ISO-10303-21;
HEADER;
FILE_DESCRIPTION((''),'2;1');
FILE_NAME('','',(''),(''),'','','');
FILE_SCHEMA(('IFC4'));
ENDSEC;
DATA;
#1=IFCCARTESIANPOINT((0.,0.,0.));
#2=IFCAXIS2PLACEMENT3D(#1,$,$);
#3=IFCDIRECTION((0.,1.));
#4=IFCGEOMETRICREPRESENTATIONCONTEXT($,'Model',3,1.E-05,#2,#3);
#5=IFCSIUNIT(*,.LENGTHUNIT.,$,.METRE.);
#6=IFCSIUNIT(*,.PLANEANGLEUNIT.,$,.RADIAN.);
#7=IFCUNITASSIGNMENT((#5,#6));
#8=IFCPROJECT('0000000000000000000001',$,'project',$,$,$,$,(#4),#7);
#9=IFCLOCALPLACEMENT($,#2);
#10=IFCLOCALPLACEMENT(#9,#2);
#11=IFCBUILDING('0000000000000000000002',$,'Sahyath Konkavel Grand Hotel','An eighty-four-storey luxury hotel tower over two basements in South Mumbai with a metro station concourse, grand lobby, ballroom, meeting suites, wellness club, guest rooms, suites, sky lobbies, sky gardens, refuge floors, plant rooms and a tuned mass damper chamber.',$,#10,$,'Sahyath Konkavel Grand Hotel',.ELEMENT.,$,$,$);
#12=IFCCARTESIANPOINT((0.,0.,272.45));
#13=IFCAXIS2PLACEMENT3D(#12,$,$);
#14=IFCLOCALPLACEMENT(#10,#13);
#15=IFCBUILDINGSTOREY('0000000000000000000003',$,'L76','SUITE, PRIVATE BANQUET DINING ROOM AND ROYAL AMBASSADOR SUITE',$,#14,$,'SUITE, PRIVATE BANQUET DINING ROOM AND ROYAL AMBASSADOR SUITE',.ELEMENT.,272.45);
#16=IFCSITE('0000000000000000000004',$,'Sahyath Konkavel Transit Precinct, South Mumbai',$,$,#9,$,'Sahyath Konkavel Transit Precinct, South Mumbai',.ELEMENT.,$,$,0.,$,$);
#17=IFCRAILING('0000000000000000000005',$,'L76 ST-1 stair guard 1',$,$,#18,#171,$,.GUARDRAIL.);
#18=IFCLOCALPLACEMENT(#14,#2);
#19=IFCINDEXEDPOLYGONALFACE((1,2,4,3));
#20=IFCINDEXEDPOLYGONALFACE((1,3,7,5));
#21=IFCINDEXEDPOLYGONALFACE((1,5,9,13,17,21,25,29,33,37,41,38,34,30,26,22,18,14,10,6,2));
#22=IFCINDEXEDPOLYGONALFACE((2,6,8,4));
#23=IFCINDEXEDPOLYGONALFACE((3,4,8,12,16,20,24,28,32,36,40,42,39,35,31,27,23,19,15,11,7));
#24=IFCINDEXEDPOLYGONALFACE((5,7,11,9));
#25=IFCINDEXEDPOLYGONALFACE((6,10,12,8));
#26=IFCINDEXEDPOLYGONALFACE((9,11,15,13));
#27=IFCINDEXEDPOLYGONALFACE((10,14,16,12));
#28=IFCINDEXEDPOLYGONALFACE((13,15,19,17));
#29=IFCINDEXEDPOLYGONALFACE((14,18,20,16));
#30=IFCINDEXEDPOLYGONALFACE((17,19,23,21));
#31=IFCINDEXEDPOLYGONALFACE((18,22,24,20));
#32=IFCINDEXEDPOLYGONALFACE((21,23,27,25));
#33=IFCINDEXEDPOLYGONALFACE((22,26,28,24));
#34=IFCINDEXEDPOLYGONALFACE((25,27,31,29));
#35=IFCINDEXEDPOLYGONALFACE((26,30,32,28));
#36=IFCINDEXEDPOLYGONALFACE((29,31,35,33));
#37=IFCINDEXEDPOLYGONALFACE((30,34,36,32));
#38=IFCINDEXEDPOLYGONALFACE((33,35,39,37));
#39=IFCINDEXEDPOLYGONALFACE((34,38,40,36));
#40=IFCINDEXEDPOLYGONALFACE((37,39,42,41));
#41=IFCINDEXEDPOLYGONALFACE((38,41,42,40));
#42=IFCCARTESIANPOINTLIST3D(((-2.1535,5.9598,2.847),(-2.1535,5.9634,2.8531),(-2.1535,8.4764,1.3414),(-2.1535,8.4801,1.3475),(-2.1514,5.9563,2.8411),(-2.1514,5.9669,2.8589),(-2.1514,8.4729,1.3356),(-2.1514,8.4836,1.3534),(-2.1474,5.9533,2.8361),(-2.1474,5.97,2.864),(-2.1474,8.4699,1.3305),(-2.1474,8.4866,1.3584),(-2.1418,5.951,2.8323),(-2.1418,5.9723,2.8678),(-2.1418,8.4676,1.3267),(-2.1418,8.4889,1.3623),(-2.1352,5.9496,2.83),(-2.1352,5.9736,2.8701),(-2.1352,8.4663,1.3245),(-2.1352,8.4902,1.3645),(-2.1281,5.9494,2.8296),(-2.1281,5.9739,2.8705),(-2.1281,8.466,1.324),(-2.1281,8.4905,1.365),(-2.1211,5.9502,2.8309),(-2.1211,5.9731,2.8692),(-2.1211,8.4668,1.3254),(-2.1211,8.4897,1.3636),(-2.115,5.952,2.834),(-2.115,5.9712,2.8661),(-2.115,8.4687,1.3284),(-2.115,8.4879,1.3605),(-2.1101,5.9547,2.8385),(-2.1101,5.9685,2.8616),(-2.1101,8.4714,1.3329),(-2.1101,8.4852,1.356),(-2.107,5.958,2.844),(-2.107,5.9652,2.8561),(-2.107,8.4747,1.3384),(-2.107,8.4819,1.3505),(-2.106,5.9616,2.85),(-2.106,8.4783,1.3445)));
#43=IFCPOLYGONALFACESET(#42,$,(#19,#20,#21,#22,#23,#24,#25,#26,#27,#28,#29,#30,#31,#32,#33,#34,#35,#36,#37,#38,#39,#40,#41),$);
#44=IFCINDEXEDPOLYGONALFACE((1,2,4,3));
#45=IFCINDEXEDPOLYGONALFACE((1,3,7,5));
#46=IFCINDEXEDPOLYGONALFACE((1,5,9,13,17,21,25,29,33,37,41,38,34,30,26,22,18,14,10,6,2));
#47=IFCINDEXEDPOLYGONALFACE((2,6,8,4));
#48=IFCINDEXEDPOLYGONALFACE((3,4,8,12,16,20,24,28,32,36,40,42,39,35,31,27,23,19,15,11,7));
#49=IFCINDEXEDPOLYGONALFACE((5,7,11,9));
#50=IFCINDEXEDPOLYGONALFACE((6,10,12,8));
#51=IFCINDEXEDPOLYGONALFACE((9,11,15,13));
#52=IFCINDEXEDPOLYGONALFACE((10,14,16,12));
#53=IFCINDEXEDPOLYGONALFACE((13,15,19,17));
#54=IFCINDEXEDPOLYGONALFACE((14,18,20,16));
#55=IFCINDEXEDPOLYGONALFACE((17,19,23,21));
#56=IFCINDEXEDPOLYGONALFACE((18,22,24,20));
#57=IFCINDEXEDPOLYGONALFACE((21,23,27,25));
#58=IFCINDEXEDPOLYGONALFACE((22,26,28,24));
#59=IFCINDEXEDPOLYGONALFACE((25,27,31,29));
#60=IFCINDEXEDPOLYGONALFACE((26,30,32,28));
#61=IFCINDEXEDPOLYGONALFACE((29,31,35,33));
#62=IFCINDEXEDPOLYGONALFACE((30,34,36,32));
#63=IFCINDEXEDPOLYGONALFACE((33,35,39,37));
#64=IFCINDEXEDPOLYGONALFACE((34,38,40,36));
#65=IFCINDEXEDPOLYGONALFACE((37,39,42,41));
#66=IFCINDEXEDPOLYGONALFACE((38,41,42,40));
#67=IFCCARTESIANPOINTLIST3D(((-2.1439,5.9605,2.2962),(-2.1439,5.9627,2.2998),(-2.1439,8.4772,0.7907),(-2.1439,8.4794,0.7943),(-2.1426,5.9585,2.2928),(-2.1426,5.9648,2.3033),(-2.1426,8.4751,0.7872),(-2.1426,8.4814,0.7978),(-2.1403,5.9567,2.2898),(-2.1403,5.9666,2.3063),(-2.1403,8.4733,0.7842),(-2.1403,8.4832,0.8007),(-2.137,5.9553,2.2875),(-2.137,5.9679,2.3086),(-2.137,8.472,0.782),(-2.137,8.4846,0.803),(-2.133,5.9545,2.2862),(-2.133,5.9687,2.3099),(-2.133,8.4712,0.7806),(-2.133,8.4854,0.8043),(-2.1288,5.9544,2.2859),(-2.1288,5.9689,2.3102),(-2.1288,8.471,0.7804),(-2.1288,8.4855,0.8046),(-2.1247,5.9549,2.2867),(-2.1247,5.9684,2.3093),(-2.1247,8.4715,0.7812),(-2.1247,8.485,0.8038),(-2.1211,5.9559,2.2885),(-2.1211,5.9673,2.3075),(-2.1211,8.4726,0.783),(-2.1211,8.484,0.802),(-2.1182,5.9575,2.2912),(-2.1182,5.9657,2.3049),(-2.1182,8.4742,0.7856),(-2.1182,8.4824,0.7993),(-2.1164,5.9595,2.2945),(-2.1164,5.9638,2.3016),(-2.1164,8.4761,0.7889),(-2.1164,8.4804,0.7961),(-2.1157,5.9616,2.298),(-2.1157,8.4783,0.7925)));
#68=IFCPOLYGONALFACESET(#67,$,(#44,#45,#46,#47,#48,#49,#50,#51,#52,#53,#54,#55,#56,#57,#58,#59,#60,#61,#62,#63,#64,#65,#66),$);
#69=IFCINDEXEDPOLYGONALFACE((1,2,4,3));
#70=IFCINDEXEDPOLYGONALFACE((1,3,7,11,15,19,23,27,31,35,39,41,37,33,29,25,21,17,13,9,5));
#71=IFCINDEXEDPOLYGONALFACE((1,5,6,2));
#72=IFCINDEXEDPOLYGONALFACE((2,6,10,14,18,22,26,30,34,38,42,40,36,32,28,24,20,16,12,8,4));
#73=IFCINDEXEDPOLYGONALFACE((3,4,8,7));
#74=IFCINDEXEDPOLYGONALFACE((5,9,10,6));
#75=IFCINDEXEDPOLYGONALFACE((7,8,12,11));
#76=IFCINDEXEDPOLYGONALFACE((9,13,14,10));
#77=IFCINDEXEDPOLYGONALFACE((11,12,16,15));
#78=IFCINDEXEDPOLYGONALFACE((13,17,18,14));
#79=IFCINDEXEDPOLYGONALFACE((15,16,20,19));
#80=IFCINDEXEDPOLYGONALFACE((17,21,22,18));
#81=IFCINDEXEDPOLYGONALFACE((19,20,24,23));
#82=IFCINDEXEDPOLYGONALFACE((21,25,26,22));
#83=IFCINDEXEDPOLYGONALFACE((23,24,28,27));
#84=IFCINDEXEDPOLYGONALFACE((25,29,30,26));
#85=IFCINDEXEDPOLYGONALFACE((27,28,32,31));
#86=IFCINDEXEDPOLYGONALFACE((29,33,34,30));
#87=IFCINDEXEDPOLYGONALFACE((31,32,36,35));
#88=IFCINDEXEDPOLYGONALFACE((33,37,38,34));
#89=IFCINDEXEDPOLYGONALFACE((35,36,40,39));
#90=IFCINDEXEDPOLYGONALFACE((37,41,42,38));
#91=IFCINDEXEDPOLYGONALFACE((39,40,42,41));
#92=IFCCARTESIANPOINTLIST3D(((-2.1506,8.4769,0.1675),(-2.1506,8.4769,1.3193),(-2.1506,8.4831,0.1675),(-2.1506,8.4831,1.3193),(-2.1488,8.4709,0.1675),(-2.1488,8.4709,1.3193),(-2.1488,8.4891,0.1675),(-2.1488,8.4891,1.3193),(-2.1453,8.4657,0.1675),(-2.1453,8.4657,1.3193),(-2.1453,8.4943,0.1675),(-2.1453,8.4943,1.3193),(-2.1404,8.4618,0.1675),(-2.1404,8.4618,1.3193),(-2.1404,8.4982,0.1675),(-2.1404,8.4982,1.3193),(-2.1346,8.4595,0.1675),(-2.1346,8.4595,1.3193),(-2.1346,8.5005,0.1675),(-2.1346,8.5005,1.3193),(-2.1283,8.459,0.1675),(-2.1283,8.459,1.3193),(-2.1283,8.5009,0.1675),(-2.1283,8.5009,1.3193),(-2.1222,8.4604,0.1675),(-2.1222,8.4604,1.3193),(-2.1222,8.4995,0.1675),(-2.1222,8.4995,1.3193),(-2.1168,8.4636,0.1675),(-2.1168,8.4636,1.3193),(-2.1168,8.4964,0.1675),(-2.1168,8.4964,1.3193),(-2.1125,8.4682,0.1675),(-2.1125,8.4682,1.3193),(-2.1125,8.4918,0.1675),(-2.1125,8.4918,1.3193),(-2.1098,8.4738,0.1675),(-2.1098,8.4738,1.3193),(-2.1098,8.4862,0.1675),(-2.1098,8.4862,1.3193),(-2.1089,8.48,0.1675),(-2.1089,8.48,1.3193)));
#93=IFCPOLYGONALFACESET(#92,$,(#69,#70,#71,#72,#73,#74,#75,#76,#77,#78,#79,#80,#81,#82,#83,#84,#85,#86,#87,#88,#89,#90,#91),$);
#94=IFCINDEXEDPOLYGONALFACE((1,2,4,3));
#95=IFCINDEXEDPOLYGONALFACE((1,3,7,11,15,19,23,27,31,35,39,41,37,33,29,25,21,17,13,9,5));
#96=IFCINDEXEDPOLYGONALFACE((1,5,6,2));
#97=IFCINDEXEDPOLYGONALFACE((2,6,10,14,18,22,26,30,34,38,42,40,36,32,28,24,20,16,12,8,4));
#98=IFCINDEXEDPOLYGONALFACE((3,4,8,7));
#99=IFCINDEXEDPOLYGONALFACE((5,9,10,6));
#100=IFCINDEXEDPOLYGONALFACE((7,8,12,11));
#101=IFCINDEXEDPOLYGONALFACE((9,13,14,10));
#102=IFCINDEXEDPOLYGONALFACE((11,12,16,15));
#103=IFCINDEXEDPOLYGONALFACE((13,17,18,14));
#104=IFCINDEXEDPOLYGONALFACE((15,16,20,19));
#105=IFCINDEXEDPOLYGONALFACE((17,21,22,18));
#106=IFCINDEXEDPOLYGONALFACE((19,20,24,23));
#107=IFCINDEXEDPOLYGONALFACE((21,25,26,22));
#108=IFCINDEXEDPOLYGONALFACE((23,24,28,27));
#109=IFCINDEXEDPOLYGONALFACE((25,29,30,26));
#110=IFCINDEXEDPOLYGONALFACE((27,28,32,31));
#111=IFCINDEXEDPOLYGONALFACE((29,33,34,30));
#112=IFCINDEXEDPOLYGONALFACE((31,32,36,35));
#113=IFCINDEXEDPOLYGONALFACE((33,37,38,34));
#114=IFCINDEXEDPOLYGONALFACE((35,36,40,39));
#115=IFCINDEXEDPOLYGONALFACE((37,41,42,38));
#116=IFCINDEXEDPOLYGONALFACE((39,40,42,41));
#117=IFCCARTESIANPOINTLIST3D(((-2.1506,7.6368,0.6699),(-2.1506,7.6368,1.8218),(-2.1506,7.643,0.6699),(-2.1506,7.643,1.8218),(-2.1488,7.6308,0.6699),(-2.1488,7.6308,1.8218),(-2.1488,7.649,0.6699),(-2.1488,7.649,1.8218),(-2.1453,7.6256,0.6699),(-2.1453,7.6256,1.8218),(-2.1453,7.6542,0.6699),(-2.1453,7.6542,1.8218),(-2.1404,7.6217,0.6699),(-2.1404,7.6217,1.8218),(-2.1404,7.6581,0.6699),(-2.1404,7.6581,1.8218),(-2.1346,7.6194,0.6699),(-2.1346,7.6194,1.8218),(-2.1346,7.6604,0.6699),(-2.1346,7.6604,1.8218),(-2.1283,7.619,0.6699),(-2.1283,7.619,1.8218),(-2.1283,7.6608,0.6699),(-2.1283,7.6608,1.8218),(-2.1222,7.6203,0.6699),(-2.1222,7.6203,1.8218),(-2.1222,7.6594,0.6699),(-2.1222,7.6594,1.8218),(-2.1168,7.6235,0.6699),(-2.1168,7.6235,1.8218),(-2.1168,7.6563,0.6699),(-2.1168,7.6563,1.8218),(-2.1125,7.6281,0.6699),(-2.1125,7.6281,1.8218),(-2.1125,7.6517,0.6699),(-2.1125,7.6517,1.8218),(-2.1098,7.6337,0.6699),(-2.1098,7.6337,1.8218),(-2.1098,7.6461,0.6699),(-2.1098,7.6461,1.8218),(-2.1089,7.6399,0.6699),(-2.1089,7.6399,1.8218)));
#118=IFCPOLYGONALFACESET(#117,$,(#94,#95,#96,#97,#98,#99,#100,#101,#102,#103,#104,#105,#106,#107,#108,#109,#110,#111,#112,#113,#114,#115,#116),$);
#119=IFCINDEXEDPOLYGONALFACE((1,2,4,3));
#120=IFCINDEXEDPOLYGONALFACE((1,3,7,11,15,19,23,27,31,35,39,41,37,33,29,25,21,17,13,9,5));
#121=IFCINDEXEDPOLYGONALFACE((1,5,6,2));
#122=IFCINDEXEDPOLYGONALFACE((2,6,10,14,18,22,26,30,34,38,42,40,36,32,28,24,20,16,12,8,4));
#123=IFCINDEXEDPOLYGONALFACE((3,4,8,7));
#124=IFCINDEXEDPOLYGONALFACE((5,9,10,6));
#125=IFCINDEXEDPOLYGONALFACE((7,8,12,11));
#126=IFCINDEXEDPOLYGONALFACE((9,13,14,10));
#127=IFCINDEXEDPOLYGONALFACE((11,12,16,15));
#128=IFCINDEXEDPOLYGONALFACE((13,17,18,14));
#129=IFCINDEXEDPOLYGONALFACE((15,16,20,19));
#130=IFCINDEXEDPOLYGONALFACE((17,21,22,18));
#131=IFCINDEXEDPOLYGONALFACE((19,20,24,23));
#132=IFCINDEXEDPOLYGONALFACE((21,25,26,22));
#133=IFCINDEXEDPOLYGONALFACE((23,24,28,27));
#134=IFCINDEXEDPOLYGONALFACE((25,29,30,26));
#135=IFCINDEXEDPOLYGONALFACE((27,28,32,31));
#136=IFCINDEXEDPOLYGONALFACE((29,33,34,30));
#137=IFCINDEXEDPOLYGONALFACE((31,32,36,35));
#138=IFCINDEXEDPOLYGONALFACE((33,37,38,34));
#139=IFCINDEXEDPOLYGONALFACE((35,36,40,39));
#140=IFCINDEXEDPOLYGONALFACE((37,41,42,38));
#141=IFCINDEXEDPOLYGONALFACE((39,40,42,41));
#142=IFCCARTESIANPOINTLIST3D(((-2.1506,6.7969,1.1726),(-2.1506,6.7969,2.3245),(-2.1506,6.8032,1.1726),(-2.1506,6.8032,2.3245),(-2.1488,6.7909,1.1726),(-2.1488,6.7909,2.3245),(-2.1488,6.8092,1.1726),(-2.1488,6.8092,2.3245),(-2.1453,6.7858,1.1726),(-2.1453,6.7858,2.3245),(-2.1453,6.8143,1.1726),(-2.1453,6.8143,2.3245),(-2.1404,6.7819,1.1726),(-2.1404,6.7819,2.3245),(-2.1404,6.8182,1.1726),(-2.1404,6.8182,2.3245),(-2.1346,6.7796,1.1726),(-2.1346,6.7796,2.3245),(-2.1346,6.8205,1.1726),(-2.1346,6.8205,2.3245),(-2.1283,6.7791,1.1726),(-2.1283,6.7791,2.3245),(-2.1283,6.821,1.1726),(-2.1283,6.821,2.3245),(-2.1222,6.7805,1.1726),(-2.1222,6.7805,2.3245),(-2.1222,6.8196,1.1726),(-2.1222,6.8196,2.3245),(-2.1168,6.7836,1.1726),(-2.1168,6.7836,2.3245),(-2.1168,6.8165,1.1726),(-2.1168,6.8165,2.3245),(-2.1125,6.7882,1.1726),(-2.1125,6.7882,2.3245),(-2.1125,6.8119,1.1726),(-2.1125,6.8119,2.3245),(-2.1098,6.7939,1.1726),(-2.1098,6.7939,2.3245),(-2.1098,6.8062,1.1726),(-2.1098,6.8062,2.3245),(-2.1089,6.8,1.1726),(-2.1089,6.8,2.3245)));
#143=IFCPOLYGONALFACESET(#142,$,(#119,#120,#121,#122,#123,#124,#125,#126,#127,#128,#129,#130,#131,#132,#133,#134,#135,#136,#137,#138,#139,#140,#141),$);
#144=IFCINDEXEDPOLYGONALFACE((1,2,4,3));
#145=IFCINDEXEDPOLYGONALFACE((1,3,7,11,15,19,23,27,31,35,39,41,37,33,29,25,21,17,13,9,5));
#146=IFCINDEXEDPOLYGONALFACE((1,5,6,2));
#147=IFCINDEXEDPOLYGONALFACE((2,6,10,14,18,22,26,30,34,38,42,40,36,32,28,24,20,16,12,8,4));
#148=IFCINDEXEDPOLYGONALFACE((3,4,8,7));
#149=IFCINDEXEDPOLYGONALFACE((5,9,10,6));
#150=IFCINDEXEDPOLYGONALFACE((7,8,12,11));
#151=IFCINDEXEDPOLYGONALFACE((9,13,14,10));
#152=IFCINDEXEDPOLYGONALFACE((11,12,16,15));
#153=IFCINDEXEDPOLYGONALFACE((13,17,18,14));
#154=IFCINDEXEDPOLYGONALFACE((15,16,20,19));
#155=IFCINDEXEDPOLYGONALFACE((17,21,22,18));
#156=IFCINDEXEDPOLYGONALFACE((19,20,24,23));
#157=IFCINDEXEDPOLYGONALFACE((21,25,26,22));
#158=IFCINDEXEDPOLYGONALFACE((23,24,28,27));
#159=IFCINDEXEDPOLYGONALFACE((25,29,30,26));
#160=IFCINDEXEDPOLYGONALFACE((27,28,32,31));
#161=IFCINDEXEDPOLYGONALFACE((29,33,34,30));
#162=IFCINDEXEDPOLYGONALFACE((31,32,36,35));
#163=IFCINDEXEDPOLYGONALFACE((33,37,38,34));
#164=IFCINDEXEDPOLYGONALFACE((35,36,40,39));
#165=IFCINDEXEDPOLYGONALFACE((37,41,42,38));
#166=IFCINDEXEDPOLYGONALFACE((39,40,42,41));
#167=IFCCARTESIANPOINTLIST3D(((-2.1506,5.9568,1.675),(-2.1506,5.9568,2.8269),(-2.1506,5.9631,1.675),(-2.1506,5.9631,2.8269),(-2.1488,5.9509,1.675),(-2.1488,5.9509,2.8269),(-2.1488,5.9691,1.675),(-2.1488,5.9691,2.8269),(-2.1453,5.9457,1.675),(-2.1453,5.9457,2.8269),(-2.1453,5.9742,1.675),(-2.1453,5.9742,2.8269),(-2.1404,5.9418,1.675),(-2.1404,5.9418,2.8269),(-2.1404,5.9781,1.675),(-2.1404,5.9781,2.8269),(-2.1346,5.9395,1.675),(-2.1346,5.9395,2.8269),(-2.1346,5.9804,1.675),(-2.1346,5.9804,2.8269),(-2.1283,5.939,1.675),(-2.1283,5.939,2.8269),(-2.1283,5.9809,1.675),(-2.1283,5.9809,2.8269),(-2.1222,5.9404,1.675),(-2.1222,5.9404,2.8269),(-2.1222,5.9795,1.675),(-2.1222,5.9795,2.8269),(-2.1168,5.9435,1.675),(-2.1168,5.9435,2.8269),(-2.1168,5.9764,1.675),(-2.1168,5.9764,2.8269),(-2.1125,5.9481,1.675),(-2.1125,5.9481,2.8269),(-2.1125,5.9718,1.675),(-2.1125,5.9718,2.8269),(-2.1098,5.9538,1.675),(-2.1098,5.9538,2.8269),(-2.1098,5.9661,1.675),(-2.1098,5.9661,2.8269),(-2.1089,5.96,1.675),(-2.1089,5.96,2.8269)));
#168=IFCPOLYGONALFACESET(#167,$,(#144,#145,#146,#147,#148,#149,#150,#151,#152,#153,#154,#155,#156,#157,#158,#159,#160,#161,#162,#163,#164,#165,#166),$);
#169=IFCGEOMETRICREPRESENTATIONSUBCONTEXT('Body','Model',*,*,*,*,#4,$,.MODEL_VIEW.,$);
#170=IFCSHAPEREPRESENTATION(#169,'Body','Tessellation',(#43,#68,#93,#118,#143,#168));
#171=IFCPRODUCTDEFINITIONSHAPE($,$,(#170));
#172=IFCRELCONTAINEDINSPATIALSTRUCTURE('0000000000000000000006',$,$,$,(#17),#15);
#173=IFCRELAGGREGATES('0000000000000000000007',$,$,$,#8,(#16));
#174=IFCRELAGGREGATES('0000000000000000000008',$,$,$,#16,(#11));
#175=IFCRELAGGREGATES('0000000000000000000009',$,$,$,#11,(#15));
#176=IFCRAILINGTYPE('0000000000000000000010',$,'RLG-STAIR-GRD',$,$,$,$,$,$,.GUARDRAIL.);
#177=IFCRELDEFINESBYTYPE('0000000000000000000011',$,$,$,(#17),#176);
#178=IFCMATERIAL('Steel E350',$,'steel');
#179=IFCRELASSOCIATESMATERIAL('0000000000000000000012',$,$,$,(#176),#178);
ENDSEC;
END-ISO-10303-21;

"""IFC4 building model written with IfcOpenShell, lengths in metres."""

from ifc_helpers import new_model, si_unit, direction, frame, origin, origin_2d, place, context, subcontext, project, spatial, circle, extrude, material, type_object, element, save


model = new_model("IFC4")

# Units and contexts
model_context = context("Model", 3, precision=1e-05, world=origin(), true_north=direction((0.0, 1.0)))
body_context = subcontext(model_context, "Body", "Model", "MODEL_VIEW")
ifc_project = project(units=[si_unit("LENGTHUNIT", "METRE"), si_unit("PLANEANGLEUNIT", "RADIAN")], contexts=[model_context])

# Site, building, storey
site_placement = place(None, origin())
site = spatial("IfcSite", under=ifc_project, at=site_placement, Name="Sahyath Konkavel Transit Precinct, South Mumbai", LongName="Sahyath Konkavel Transit Precinct, South Mumbai", CompositionType="ELEMENT", RefElevation=0.0)
building_placement = place(site_placement, origin())
building = spatial("IfcBuilding", under=site, at=building_placement, Name="Sahyath Konkavel Grand Hotel", Description="An eighty-four-storey luxury hotel tower over two basements in South Mumbai with a metro station concourse, grand lobby, ballroom, meeting suites, wellness club, guest rooms, suites, sky lobbies, sky gardens, refuge floors, plant rooms and a tuned mass damper chamber.", LongName="Sahyath Konkavel Grand Hotel", CompositionType="ELEMENT")
storey_placement = place(building_placement, frame((0.0, 0.0, 272.45)))
storey = spatial("IfcBuildingStorey", under=building, at=storey_placement, Name="L76", Description="SUITE, PRIVATE BANQUET DINING ROOM AND ROYAL AMBASSADOR SUITE", LongName="SUITE, PRIVATE BANQUET DINING ROOM AND ROYAL AMBASSADOR SUITE", CompositionType="ELEMENT", Elevation=272.45)

# Shared definitions
ifc_material_1 = material(Name="Steel E350", Category="steel")

# Railing
railing_type = type_object("IfcRailingType", Name="RLG-STAIR-GRD", PredefinedType="GUARDRAIL", material=ifc_material_1)
railing_1_placement = place(storey_placement, frame((-2.1299, 8.48, 0.1675)))
element("IfcRailing", 1, at=railing_1_placement, inside=storey, type_object=railing_type, Name="L76 ST-1 stair guard 1", PredefinedType="GUARDRAIL", context=body_context, shape_type="SweptSolid", body=[
    extrude(circle(Radius=0.0239, at=origin_2d()), frame((0.0, -0.0017, 1.177), z_axis=(0.0, -0.85816, 0.513383), x_axis=(1.0, 0.0, 0.0)), (0.0, 0.0, 1.0), 2.9326),
    extrude(circle(Radius=0.0142, at=origin_2d()), frame((0.0, -0.0017, 0.625), z_axis=(0.0, -0.85816, 0.513383), x_axis=(1.0, 0.0, 0.0)), (0.0, 0.0, 1.0), 2.9326),
    extrude(circle(Radius=0.021, at=origin_2d()), origin(), (0.0, 0.0, 1.0), 1.1519),
    extrude(circle(Radius=0.021, at=origin_2d()), frame((0.0, -0.8401, 0.5024)), (0.0, 0.0, 1.0), 1.1519),
    extrude(circle(Radius=0.021, at=origin_2d()), frame((0.0, -1.6799, 1.0051)), (0.0, 0.0, 1.0), 1.1519),
    extrude(circle(Radius=0.021, at=origin_2d()), frame((0.0, -2.52, 1.5076)), (0.0, 0.0, 1.0), 1.1519),
])

save(model, "model.ifc")
